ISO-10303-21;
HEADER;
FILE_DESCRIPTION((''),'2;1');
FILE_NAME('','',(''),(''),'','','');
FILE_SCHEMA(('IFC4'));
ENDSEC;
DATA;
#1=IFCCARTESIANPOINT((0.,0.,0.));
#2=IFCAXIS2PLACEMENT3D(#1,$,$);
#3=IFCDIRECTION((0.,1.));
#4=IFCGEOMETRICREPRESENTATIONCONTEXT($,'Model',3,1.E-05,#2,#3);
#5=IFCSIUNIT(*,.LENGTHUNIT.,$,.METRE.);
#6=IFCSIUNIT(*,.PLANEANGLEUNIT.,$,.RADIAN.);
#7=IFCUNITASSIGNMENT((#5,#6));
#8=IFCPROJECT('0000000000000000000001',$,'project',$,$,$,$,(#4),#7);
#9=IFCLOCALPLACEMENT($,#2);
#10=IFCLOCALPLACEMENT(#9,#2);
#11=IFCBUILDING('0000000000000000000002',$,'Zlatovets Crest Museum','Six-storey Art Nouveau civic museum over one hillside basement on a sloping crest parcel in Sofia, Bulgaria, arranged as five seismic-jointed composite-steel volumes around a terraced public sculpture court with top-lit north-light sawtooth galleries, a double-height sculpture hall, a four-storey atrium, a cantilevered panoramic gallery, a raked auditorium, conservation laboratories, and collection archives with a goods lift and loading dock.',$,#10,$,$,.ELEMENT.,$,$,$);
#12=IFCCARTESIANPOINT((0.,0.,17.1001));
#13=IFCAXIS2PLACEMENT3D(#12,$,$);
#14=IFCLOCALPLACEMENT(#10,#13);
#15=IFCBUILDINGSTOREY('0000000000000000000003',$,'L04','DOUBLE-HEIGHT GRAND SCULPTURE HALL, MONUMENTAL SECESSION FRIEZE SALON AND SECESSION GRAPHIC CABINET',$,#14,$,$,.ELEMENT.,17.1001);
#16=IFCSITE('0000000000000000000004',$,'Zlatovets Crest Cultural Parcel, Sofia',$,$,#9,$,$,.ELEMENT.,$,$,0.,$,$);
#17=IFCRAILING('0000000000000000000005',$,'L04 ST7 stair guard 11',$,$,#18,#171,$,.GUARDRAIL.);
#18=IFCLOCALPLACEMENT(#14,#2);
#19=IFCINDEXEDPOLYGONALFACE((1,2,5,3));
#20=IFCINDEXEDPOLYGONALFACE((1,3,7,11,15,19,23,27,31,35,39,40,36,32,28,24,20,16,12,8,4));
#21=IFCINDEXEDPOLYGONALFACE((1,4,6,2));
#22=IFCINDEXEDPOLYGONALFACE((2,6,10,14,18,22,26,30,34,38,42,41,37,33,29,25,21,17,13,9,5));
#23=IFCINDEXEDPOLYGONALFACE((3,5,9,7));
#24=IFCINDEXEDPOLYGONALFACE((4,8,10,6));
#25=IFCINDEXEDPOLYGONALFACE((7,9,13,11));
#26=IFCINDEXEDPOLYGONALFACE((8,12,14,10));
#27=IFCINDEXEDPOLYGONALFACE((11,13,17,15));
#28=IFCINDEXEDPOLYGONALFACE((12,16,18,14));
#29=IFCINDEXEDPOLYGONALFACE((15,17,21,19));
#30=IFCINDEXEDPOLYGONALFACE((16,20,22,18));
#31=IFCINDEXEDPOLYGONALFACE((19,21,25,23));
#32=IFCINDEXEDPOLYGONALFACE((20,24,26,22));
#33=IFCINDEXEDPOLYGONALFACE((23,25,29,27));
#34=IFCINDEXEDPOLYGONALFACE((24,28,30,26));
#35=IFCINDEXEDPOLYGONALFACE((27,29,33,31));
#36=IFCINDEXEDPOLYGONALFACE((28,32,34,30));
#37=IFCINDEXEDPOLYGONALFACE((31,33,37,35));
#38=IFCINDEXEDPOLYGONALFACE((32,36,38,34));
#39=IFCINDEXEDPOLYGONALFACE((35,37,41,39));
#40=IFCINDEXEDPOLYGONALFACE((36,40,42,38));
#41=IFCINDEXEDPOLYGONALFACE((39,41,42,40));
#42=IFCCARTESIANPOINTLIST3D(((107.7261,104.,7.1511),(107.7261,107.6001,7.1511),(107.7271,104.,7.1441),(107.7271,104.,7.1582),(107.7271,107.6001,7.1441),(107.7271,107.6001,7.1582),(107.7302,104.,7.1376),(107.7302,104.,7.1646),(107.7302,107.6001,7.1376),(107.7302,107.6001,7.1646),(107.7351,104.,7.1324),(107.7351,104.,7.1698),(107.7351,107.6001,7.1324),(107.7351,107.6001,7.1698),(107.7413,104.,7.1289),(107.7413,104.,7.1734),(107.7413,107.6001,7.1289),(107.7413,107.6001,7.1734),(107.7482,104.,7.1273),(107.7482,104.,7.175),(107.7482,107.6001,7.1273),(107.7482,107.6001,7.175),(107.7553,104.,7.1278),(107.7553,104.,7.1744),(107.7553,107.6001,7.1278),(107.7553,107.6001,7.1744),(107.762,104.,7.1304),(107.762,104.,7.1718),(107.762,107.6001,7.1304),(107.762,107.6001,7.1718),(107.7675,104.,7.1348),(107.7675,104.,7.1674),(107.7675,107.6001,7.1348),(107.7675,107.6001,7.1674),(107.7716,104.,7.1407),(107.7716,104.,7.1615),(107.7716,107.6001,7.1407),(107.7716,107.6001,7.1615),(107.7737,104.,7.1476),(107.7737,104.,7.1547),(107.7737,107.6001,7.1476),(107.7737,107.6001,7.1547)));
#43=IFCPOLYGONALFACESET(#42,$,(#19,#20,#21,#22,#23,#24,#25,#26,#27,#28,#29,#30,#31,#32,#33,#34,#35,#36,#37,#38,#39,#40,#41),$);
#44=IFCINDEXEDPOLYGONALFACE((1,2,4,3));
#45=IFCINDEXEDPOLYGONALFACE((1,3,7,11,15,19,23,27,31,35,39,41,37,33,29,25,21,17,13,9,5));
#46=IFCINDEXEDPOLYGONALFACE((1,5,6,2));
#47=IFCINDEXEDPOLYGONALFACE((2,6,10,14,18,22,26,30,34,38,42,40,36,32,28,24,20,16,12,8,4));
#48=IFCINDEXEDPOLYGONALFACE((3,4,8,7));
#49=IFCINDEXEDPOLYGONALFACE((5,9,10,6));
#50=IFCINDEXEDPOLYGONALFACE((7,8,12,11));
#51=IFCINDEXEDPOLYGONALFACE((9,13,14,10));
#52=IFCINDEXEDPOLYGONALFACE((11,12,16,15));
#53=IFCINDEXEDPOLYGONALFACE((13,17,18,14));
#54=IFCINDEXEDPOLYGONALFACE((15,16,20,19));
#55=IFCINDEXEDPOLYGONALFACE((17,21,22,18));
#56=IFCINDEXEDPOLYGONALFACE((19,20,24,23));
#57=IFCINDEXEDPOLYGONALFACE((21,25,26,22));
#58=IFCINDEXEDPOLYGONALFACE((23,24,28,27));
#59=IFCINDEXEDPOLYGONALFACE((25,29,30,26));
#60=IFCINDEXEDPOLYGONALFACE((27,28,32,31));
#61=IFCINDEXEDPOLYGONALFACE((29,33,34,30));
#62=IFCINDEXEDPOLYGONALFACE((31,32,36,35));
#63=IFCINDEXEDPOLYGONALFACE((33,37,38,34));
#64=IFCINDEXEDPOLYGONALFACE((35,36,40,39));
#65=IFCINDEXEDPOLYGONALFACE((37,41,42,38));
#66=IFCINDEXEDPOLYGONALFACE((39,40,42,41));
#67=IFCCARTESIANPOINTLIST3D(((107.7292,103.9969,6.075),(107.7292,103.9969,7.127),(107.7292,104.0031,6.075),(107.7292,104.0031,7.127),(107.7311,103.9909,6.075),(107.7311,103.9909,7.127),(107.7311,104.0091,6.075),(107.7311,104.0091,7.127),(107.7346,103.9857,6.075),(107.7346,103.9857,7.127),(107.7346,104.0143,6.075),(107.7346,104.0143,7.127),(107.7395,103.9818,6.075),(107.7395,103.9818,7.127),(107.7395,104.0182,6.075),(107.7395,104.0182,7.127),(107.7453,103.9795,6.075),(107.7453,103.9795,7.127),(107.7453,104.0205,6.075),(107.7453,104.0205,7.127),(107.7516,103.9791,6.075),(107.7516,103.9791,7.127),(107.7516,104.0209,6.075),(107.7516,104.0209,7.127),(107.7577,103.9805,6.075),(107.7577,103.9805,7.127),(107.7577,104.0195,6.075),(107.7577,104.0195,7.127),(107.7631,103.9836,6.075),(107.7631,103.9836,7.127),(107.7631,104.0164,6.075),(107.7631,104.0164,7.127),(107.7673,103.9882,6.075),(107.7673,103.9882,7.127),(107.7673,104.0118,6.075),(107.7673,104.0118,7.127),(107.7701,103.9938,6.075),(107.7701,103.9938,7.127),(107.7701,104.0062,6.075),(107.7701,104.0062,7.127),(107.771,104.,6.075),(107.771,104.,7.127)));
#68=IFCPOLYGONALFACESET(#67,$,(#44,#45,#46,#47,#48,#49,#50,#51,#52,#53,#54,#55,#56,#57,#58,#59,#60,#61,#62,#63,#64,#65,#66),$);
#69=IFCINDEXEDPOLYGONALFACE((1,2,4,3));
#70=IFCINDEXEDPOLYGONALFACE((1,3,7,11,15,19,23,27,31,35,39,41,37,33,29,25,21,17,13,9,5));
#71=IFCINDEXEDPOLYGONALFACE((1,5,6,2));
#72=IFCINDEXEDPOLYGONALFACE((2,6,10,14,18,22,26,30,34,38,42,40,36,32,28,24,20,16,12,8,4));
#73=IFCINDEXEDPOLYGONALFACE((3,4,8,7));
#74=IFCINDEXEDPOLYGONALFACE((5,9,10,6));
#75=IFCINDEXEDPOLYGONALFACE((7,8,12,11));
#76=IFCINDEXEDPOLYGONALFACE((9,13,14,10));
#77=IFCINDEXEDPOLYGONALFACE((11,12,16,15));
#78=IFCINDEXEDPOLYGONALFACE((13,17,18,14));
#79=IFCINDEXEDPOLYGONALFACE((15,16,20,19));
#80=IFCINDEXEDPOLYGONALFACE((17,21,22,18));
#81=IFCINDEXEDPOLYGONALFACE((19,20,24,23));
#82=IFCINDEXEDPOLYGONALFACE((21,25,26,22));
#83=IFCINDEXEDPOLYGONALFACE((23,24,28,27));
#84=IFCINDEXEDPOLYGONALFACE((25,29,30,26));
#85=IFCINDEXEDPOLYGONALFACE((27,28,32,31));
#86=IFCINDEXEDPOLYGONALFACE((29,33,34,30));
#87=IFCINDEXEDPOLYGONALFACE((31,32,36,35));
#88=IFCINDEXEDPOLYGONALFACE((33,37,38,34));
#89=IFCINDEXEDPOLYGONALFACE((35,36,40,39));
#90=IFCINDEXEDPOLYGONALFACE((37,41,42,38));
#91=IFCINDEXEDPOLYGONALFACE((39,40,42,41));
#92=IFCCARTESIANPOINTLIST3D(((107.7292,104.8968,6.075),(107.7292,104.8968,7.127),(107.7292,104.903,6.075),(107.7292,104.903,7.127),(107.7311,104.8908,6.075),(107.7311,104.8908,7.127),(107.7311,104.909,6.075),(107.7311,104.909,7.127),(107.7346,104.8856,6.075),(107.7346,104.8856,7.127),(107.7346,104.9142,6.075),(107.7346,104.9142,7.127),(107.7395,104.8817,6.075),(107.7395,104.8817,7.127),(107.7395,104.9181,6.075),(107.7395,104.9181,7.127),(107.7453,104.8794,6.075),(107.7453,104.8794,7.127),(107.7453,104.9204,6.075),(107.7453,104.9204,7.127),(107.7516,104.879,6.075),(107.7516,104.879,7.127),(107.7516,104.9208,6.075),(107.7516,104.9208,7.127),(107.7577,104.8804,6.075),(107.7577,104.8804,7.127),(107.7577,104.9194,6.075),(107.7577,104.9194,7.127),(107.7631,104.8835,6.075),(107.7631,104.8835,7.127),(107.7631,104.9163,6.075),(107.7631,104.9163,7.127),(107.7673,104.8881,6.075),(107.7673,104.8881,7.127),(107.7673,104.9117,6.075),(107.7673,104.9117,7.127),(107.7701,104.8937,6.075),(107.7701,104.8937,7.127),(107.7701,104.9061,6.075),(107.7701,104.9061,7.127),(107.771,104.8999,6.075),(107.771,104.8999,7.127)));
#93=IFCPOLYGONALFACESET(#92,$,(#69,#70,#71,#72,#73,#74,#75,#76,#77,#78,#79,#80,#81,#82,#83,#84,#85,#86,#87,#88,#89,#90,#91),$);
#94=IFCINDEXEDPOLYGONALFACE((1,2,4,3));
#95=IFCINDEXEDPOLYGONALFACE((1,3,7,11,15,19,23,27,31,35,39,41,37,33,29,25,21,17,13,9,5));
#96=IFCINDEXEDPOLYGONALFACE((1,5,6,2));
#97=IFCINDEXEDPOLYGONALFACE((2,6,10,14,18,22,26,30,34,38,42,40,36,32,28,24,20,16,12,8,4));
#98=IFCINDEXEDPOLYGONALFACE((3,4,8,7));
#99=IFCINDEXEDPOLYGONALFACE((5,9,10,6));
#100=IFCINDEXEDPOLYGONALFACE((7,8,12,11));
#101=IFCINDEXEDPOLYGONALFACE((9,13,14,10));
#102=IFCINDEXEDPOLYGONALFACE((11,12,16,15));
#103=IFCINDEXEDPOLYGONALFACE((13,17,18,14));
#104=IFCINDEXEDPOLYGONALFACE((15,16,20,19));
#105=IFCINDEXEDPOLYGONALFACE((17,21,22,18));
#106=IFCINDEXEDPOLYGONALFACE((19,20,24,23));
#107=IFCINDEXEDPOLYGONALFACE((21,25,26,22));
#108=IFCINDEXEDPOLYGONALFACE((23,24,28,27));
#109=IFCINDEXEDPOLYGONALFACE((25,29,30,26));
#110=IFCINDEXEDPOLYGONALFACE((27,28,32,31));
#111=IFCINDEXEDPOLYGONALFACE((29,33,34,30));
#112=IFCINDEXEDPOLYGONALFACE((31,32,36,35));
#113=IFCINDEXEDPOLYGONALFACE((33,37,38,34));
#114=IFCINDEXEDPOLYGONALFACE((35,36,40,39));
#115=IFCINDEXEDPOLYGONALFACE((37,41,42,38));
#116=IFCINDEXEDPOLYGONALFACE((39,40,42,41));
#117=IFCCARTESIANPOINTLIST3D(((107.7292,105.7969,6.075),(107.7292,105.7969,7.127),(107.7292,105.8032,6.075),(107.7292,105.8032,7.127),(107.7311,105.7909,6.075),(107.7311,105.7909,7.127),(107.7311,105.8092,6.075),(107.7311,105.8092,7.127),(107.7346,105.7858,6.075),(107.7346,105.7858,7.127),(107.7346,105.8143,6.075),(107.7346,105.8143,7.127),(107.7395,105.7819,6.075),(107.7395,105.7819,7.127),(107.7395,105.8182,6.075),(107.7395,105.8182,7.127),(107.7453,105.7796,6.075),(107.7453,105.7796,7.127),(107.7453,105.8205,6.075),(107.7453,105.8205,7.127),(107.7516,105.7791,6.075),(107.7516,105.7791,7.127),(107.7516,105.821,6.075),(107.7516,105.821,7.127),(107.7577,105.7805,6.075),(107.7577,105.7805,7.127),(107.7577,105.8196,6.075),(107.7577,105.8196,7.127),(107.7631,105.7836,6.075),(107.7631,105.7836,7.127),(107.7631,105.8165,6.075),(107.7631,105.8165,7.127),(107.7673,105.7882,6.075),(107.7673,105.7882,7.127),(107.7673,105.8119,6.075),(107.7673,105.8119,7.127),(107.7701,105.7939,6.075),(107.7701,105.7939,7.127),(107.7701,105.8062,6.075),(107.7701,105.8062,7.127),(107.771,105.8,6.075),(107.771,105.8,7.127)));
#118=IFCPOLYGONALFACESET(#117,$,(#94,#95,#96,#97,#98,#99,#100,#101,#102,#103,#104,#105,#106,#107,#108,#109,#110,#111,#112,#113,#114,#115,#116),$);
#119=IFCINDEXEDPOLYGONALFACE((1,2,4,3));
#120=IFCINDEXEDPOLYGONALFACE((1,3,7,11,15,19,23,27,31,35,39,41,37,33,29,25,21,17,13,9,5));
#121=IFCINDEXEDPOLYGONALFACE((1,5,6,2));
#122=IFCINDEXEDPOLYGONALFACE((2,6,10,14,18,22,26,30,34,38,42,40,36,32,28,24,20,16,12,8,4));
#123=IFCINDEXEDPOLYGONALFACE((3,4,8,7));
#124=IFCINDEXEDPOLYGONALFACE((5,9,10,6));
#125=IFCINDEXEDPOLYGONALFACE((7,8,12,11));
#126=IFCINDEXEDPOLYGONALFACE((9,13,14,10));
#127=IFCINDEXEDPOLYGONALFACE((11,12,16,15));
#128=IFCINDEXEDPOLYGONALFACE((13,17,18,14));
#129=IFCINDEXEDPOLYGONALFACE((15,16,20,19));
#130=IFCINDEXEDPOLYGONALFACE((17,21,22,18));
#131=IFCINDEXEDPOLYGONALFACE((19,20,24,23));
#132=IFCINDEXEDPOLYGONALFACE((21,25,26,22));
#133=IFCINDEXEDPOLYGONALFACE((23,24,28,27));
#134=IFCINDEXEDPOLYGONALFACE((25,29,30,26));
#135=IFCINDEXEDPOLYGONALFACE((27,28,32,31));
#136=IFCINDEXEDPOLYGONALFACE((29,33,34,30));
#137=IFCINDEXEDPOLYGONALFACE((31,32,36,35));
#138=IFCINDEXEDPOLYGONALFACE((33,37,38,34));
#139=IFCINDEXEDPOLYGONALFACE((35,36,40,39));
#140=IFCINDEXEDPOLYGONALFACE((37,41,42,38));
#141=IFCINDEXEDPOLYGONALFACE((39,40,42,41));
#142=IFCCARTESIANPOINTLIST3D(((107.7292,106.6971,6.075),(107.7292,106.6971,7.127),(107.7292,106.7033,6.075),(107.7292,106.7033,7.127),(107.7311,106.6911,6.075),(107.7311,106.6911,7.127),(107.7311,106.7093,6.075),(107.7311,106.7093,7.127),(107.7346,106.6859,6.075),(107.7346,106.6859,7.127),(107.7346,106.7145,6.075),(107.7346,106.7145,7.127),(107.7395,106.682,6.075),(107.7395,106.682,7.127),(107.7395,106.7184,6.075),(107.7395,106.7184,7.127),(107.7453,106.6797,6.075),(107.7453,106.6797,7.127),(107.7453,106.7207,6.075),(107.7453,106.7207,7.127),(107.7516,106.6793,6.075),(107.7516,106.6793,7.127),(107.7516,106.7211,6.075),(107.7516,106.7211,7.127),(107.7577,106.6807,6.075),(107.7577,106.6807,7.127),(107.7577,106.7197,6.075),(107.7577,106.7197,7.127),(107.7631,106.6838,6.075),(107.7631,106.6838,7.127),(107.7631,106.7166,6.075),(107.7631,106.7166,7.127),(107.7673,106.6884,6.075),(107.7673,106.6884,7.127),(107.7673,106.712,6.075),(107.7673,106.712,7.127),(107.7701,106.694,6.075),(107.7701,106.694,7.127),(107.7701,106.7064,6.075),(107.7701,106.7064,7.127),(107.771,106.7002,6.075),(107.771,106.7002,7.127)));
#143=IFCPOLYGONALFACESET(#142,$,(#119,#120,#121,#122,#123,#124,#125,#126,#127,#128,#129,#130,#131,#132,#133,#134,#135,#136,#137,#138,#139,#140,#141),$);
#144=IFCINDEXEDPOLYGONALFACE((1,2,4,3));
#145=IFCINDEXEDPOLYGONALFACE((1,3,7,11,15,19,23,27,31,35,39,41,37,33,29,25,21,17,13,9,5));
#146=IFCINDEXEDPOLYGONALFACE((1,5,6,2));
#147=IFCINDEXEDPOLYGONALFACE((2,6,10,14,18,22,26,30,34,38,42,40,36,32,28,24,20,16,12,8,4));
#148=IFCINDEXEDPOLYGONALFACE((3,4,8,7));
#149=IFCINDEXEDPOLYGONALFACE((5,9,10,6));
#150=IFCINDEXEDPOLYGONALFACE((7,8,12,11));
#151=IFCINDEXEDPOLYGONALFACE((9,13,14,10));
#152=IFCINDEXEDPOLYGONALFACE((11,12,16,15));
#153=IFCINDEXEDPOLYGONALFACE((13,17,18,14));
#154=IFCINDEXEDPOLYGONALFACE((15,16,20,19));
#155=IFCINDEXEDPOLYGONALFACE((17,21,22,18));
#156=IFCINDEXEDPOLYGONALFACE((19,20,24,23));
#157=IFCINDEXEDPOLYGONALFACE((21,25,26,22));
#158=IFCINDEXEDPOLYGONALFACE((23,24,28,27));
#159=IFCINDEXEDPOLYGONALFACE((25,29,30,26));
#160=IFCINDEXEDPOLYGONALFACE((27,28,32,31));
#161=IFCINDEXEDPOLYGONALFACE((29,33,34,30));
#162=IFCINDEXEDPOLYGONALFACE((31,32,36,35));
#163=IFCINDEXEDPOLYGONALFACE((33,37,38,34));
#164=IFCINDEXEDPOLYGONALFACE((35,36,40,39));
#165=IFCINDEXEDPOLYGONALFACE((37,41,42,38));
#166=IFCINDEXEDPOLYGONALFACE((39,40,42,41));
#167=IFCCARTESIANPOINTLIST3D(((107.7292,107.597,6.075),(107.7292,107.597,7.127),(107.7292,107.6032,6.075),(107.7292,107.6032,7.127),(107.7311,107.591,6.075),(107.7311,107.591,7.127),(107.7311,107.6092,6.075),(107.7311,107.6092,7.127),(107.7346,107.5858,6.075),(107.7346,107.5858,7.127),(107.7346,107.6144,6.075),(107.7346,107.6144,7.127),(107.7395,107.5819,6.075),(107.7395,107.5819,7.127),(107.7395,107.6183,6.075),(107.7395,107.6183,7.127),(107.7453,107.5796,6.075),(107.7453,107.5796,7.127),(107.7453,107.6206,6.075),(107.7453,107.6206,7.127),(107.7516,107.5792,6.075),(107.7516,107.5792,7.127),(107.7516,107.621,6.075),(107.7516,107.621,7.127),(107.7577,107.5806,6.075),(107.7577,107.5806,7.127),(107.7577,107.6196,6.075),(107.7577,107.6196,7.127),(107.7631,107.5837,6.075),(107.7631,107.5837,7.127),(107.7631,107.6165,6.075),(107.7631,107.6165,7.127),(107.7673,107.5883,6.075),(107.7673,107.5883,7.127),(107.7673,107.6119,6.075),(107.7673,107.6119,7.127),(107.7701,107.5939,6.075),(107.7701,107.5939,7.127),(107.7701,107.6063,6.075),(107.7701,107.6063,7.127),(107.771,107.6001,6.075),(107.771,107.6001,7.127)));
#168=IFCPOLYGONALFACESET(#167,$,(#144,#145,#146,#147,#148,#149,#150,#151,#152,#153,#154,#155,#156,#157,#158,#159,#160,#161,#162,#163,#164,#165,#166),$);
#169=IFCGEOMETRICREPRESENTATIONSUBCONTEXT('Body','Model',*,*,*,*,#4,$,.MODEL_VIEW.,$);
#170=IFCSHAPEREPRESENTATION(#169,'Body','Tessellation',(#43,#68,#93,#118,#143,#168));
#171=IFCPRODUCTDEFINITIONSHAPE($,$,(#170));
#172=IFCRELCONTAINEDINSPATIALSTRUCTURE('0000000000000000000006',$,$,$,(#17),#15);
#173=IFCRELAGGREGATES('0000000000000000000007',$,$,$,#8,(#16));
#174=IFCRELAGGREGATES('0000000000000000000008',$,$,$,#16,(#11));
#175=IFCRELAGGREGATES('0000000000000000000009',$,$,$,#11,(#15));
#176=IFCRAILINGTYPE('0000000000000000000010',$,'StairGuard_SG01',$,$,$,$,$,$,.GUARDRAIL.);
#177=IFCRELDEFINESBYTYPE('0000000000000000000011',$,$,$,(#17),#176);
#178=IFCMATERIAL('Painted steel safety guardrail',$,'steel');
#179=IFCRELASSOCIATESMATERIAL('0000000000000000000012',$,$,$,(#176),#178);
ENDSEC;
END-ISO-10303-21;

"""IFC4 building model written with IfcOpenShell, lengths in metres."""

from ifc_helpers import new_model, si_unit, direction, frame, origin, origin_2d, place, context, subcontext, project, spatial, circle, extrude, material, type_object, element, save


model = new_model("IFC4")

# Units and contexts
model_context = context("Model", 3, precision=1e-05, world=origin(), true_north=direction((0.0, 1.0)))
body_context = subcontext(model_context, "Body", "Model", "MODEL_VIEW")
ifc_project = project(units=[si_unit("LENGTHUNIT", "METRE"), si_unit("PLANEANGLEUNIT", "RADIAN")], contexts=[model_context])

# Site, building, storey
site_placement = place(None, origin())
site = spatial("IfcSite", under=ifc_project, at=site_placement, Name="Zlatovets Crest Cultural Parcel, Sofia", CompositionType="ELEMENT", RefElevation=0.0)
building_placement = place(site_placement, origin())
building = spatial("IfcBuilding", under=site, at=building_placement, Name="Zlatovets Crest Museum", Description="Six-storey Art Nouveau civic museum over one hillside basement on a sloping crest parcel in Sofia, Bulgaria, arranged as five seismic-jointed composite-steel volumes around a terraced public sculpture court with top-lit north-light sawtooth galleries, a double-height sculpture hall, a four-storey atrium, a cantilevered panoramic gallery, a raked auditorium, conservation laboratories, and collection archives with a goods lift and loading dock.", CompositionType="ELEMENT")
storey_placement = place(building_placement, frame((0.0, 0.0, 17.1001)))
storey = spatial("IfcBuildingStorey", under=building, at=storey_placement, Name="L04", Description="DOUBLE-HEIGHT GRAND SCULPTURE HALL, MONUMENTAL SECESSION FRIEZE SALON AND SECESSION GRAPHIC CABINET", CompositionType="ELEMENT", Elevation=17.1001)

# Railing
ifc_material_1 = material(Name="Painted steel safety guardrail", Category="steel")
railing_type_1 = type_object("IfcRailingType", Name="StairGuard_SG01", PredefinedType="GUARDRAIL", material=ifc_material_1)
for number, where, name in (
    (1, (107.75, 104.0, 6.075), "L04 ST7 stair guard 11"),
):
    element("IfcRailing", number, at=place(storey_placement, frame(where)), inside=storey, type_object=railing_type_1, Name=name, PredefinedType="GUARDRAIL", context=body_context, shape_type="SweptSolid", body=[
        extrude(circle(Radius=0.0239, at=origin_2d()), frame((0.0, 0.0, 1.0762), z_axis=(0.0, 1.0, 0.0), x_axis=(-1.0, 0.0, 0.0)), (0.0, 0.0, 1.0), 3.6001),
        extrude(circle(Radius=0.021, at=origin_2d()), origin(), (0.0, 0.0, 1.0), 1.052),
        extrude(circle(Radius=0.021, at=origin_2d()), frame((0.0, 0.8999, 0.0)), (0.0, 0.0, 1.0), 1.052),
        extrude(circle(Radius=0.021, at=origin_2d()), frame((0.0, 1.8, 0.0)), (0.0, 0.0, 1.0), 1.052),
        extrude(circle(Radius=0.021, at=origin_2d()), frame((0.0, 2.7002, 0.0)), (0.0, 0.0, 1.0), 1.052),
        extrude(circle(Radius=0.021, at=origin_2d()), frame((0.0, 3.6001, 0.0)), (0.0, 0.0, 1.0), 1.052),
    ])

save(model, "model.ifc")
